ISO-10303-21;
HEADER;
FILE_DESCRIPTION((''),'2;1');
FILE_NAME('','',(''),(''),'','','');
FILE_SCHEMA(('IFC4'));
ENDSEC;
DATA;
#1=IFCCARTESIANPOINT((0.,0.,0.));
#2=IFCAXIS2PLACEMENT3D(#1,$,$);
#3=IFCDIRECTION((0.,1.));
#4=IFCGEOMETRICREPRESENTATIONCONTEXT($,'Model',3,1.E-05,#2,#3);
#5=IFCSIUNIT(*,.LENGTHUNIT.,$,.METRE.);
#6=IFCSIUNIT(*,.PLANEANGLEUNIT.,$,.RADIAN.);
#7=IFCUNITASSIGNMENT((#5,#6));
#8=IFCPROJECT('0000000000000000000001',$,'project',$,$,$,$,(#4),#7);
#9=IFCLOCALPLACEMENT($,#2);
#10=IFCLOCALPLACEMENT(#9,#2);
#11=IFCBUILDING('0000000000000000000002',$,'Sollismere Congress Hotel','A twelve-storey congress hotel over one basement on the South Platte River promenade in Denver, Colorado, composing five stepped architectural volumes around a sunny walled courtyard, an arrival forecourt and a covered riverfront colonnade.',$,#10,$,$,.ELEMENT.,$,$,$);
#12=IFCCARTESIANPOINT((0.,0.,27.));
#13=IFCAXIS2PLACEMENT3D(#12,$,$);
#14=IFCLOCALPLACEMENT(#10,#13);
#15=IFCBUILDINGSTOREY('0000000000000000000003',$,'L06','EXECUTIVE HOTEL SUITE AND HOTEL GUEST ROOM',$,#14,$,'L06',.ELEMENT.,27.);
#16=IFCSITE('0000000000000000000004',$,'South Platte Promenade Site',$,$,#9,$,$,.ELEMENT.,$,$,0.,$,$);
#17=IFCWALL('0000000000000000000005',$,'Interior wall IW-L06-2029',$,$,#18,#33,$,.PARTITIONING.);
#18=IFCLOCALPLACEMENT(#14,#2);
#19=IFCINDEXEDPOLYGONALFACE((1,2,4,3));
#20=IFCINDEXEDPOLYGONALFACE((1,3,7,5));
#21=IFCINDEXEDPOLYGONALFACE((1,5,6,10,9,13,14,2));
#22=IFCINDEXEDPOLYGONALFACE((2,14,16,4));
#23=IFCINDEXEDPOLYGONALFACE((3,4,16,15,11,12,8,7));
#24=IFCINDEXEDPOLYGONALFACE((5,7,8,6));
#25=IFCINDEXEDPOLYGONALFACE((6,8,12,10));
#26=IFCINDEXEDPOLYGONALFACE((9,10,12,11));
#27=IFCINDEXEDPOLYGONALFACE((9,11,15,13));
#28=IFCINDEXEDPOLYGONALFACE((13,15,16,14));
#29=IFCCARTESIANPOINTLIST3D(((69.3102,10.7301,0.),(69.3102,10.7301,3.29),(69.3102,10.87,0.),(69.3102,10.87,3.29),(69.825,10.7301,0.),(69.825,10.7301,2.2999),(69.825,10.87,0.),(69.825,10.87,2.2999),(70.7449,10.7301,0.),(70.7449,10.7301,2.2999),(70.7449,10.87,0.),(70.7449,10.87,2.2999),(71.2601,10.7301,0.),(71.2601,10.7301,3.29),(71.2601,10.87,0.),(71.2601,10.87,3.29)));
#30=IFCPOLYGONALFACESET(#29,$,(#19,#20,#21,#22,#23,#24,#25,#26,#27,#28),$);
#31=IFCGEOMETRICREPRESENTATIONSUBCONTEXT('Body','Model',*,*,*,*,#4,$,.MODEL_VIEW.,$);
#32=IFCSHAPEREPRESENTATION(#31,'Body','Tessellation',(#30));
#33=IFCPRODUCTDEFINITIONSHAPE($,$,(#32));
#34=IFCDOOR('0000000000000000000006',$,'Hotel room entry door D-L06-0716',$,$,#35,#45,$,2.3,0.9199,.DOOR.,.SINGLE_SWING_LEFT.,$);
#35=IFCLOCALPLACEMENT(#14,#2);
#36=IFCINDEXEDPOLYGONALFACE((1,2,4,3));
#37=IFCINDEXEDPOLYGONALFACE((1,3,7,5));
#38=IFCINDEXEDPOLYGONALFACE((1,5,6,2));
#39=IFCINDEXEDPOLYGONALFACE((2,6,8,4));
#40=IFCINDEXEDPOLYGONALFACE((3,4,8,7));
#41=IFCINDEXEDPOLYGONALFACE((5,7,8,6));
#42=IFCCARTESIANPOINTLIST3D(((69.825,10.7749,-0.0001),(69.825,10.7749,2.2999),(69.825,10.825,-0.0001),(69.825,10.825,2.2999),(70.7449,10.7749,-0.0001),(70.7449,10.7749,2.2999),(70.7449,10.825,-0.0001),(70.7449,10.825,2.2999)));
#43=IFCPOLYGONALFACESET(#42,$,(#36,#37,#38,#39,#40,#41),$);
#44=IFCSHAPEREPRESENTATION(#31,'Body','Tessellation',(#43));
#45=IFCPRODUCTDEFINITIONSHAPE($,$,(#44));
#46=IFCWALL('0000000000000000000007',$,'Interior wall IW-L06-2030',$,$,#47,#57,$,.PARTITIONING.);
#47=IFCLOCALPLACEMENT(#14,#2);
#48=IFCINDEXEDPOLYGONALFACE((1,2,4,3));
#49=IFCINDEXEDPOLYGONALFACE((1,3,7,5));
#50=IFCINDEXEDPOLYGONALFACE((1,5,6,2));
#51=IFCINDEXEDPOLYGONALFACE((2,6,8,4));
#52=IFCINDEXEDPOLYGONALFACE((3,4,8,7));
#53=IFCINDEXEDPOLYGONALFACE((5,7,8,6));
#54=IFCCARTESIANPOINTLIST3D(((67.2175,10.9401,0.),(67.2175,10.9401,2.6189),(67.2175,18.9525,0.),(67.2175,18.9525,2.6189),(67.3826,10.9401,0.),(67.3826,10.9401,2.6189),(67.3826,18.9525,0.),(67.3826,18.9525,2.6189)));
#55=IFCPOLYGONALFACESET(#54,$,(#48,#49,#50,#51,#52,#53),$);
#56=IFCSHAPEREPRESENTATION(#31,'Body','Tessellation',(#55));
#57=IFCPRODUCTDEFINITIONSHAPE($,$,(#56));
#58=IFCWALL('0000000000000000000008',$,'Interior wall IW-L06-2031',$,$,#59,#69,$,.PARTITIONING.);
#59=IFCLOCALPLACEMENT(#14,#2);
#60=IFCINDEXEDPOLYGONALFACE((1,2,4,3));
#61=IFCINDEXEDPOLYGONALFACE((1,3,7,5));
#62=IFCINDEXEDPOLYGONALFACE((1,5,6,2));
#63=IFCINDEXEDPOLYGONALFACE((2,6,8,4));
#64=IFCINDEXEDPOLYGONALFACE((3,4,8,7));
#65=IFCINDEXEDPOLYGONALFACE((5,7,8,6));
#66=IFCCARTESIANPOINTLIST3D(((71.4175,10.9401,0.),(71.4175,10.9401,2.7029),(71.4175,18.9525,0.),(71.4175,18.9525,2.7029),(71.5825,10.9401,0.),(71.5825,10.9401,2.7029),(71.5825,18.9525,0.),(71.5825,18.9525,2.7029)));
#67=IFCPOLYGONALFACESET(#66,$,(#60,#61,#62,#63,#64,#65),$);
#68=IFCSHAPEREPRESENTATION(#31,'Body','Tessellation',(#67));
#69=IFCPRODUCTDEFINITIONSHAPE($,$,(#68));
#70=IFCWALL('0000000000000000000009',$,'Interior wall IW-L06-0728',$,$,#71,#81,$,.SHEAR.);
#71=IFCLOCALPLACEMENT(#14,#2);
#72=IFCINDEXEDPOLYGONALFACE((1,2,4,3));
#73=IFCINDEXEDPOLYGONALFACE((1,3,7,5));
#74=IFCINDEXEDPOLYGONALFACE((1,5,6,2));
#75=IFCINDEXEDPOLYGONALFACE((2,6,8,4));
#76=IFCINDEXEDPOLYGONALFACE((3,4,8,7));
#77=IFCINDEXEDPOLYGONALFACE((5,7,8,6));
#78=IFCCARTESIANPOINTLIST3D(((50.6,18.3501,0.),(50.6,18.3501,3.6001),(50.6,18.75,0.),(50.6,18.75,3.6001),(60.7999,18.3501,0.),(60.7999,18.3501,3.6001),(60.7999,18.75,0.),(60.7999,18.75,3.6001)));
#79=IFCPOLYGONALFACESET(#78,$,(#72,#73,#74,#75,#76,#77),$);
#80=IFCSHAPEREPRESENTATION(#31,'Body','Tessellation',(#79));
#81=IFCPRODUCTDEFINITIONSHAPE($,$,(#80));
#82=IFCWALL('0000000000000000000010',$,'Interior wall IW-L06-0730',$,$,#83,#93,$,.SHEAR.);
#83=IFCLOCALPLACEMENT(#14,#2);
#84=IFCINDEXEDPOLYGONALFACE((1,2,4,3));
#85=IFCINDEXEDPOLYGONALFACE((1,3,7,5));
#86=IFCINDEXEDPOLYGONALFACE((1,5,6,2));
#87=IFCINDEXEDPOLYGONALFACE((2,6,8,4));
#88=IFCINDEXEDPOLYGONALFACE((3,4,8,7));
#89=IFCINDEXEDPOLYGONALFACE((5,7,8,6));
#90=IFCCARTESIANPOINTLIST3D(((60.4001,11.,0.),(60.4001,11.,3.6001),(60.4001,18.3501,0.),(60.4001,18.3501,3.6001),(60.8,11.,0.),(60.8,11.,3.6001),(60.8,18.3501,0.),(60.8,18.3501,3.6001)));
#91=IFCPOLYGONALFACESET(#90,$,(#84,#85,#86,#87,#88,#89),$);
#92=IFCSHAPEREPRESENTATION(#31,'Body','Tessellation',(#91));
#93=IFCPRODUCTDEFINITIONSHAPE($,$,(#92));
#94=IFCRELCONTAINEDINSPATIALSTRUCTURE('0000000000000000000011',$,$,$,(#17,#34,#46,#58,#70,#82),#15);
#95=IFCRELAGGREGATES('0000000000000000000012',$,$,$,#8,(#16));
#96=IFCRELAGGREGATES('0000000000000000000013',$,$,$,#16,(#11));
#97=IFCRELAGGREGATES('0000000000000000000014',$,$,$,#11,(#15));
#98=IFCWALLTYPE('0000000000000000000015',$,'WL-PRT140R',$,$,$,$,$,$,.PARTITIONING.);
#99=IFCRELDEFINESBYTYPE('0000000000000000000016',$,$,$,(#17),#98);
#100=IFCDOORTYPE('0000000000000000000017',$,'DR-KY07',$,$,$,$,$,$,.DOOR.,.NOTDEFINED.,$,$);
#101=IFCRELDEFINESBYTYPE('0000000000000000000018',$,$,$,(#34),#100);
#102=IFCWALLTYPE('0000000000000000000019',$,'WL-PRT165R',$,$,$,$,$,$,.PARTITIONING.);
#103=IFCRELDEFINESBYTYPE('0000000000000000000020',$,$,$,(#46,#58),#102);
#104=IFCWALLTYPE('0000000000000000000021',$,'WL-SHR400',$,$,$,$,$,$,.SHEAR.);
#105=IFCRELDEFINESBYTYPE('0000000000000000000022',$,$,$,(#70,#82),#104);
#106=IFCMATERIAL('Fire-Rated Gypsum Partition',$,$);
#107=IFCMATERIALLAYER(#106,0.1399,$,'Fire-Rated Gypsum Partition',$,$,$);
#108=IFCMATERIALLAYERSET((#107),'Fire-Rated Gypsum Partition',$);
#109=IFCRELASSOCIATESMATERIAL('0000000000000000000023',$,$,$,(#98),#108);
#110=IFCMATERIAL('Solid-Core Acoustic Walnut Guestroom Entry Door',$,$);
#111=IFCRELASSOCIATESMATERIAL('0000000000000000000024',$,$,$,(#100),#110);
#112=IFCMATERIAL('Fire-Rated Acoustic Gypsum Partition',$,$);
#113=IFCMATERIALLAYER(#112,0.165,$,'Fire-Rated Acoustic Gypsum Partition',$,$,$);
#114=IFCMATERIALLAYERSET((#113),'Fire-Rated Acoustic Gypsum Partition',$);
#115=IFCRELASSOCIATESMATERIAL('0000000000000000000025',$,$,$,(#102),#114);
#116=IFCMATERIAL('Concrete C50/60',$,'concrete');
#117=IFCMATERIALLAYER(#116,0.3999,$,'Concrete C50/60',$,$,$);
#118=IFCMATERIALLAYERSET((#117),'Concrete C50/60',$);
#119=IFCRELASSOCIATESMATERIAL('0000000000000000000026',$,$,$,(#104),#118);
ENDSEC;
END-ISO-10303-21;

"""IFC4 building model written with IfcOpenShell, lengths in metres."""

from ifc_helpers import new_model, si_unit, direction, frame, frame_2d, origin, place, context, subcontext, project, spatial, rectangle, extrude, material, layer, layer_set, type_object, element, fill, save


model = new_model("IFC4")

# Units and contexts
model_context = context("Model", 3, precision=1e-05, world=origin(), true_north=direction((0.0, 1.0)))
body_context = subcontext(model_context, "Body", "Model", "MODEL_VIEW")
ifc_project = project(units=[si_unit("LENGTHUNIT", "METRE"), si_unit("PLANEANGLEUNIT", "RADIAN")], contexts=[model_context])

# Site, building, storey
site_placement = place(None, origin())
site = spatial("IfcSite", under=ifc_project, at=site_placement, Name="South Platte Promenade Site", CompositionType="ELEMENT", RefElevation=0.0)
building_placement = place(site_placement, origin())
building = spatial("IfcBuilding", under=site, at=building_placement, Name="Sollismere Congress Hotel", Description="A twelve-storey congress hotel over one basement on the South Platte River promenade in Denver, Colorado, composing five stepped architectural volumes around a sunny walled courtyard, an arrival forecourt and a covered riverfront colonnade.", CompositionType="ELEMENT")
storey_placement = place(building_placement, frame((0.0, 0.0, 27.0)))
storey = spatial("IfcBuildingStorey", under=building, at=storey_placement, Name="L06", Description="EXECUTIVE HOTEL SUITE AND HOTEL GUEST ROOM", LongName="L06", CompositionType="ELEMENT", Elevation=27.0)

# Shared definitions
ifc_material_1 = material(Name="Fire-Rated Gypsum Partition")
ifc_layer_1 = layer(ifc_material_1, 0.1399, Name="Fire-Rated Gypsum Partition")
ifc_layer_set_1 = layer_set([ifc_layer_1], Name="Fire-Rated Gypsum Partition")
wall_type_1 = type_object("IfcWallType", Name="WL-PRT140R", PredefinedType="PARTITIONING", material=ifc_layer_set_1)
ifc_material_2 = material(Name="Solid-Core Acoustic Walnut Guestroom Entry Door")

# Wall, opening, door
wall_1_placement = place(storey_placement, frame((69.3101, 10.8, 0.0), z_axis=(0.0, 0.0, 1.0), x_axis=(1.0, 0.0, 0.0)))
wall_1 = element("IfcWall", 1, at=wall_1_placement, inside=storey, type_object=wall_type_1, Name="Interior wall IW-L06-2029", PredefinedType="PARTITIONING", context=body_context, shape_type="SweptSolid", body=[
    extrude(rectangle(XDim=1.95, YDim=0.1399, at=frame_2d((0.9751, 0.0))), origin(), (0.0, 0.0, 1.0), 3.29),
])
opening_1_placement = place(wall_1_placement, frame((0.5149, 0.0, 0.0)))
opening_1 = element("IfcOpeningElement", 2, at=opening_1_placement, cuts=wall_1, PredefinedType="OPENING", context=body_context, shape_type="SweptSolid", body=[
    extrude(rectangle(XDim=0.9199, YDim=2.3, at=frame_2d((0.46, 1.1499))), frame((0.0, 0.0798, 0.0), z_axis=(0.0, -1.0, 0.0), x_axis=(1.0, 0.0, 0.0)), (0.0, 0.0, 1.0), 0.1599),
])
door_type_1 = type_object("IfcDoorType", Name="DR-KY07", OperationType="NOTDEFINED", PredefinedType="DOOR", material=ifc_material_2)
door_1_placement = place(opening_1_placement, origin())
door_1 = element("IfcDoor", 3, at=door_1_placement, inside=storey, type_object=door_type_1, Name="Hotel room entry door D-L06-0716", OperationType="SINGLE_SWING_LEFT", OverallHeight=2.3, OverallWidth=0.9199, PredefinedType="DOOR", context=body_context, shape_type="SweptSolid", body=[
    extrude(rectangle(XDim=0.9199, YDim=2.3, at=frame_2d((0.46, 1.1499))), frame((0.0, 0.0249, 0.0), z_axis=(0.0, -1.0, 0.0), x_axis=(1.0, 0.0, 0.0)), (0.0, 0.0, 1.0), 0.05),
])
fill(opening_1, door_1)

# Walls
ifc_material_3 = material(Name="Fire-Rated Acoustic Gypsum Partition")
ifc_layer_2 = layer(ifc_material_3, 0.165, Name="Fire-Rated Acoustic Gypsum Partition")
ifc_layer_set_2 = layer_set([ifc_layer_2], Name="Fire-Rated Acoustic Gypsum Partition")
wall_type_2 = type_object("IfcWallType", Name="WL-PRT165R", PredefinedType="PARTITIONING", material=ifc_layer_set_2)
wall_2_placement = place(storey_placement, frame((67.3, 10.9399, 0.0), z_axis=(0.0, 0.0, 1.0), x_axis=(0.0, 1.0, 0.0)))
element("IfcWall", 4, at=wall_2_placement, inside=storey, type_object=wall_type_2, Name="Interior wall IW-L06-2030", PredefinedType="PARTITIONING", context=body_context, shape_type="SweptSolid", body=[
    extrude(rectangle(XDim=8.0125, YDim=0.165, at=frame_2d((4.0063, 0.0))), origin(), (0.0, 0.0, 1.0), 2.6189),
])
wall_3_placement = place(storey_placement, frame((71.5, 10.9399, 0.0), z_axis=(0.0, 0.0, 1.0), x_axis=(0.0, 1.0, 0.0)))
element("IfcWall", 5, at=wall_3_placement, inside=storey, type_object=wall_type_2, Name="Interior wall IW-L06-2031", PredefinedType="PARTITIONING", context=body_context, shape_type="SweptSolid", body=[
    extrude(rectangle(XDim=8.0125, YDim=0.165, at=frame_2d((4.0063, 0.0))), origin(), (0.0, 0.0, 1.0), 2.7029),
])
ifc_material_4 = material(Name="Concrete C50/60", Category="concrete")
ifc_layer_3 = layer(ifc_material_4, 0.3999, Name="Concrete C50/60")
ifc_layer_set_3 = layer_set([ifc_layer_3], Name="Concrete C50/60")
wall_type_3 = type_object("IfcWallType", Name="WL-SHR400", PredefinedType="SHEAR", material=ifc_layer_set_3)
wall_4_placement = place(storey_placement, frame((60.8, 18.55, 0.0), z_axis=(0.0, 0.0, 1.0), x_axis=(-1.0, 0.0, 0.0)))
element("IfcWall", 6, at=wall_4_placement, inside=storey, type_object=wall_type_3, Name="Interior wall IW-L06-0728", PredefinedType="SHEAR", context=body_context, shape_type="SweptSolid", body=[
    extrude(rectangle(XDim=10.2, YDim=0.3999, at=frame_2d((5.1001, 0.0))), origin(), (0.0, 0.0, 1.0), 3.6001),
])
wall_5_placement = place(storey_placement, frame((60.6001, 11.0, 0.0), z_axis=(0.0, 0.0, 1.0), x_axis=(0.0, 1.0, 0.0)))
element("IfcWall", 7, at=wall_5_placement, inside=storey, type_object=wall_type_3, Name="Interior wall IW-L06-0730", PredefinedType="SHEAR", context=body_context, shape_type="SweptSolid", body=[
    extrude(rectangle(XDim=7.3501, YDim=0.3999, at=frame_2d((3.675, 0.0))), origin(), (0.0, 0.0, 1.0), 3.6001),
])

save(model, "model.ifc")
